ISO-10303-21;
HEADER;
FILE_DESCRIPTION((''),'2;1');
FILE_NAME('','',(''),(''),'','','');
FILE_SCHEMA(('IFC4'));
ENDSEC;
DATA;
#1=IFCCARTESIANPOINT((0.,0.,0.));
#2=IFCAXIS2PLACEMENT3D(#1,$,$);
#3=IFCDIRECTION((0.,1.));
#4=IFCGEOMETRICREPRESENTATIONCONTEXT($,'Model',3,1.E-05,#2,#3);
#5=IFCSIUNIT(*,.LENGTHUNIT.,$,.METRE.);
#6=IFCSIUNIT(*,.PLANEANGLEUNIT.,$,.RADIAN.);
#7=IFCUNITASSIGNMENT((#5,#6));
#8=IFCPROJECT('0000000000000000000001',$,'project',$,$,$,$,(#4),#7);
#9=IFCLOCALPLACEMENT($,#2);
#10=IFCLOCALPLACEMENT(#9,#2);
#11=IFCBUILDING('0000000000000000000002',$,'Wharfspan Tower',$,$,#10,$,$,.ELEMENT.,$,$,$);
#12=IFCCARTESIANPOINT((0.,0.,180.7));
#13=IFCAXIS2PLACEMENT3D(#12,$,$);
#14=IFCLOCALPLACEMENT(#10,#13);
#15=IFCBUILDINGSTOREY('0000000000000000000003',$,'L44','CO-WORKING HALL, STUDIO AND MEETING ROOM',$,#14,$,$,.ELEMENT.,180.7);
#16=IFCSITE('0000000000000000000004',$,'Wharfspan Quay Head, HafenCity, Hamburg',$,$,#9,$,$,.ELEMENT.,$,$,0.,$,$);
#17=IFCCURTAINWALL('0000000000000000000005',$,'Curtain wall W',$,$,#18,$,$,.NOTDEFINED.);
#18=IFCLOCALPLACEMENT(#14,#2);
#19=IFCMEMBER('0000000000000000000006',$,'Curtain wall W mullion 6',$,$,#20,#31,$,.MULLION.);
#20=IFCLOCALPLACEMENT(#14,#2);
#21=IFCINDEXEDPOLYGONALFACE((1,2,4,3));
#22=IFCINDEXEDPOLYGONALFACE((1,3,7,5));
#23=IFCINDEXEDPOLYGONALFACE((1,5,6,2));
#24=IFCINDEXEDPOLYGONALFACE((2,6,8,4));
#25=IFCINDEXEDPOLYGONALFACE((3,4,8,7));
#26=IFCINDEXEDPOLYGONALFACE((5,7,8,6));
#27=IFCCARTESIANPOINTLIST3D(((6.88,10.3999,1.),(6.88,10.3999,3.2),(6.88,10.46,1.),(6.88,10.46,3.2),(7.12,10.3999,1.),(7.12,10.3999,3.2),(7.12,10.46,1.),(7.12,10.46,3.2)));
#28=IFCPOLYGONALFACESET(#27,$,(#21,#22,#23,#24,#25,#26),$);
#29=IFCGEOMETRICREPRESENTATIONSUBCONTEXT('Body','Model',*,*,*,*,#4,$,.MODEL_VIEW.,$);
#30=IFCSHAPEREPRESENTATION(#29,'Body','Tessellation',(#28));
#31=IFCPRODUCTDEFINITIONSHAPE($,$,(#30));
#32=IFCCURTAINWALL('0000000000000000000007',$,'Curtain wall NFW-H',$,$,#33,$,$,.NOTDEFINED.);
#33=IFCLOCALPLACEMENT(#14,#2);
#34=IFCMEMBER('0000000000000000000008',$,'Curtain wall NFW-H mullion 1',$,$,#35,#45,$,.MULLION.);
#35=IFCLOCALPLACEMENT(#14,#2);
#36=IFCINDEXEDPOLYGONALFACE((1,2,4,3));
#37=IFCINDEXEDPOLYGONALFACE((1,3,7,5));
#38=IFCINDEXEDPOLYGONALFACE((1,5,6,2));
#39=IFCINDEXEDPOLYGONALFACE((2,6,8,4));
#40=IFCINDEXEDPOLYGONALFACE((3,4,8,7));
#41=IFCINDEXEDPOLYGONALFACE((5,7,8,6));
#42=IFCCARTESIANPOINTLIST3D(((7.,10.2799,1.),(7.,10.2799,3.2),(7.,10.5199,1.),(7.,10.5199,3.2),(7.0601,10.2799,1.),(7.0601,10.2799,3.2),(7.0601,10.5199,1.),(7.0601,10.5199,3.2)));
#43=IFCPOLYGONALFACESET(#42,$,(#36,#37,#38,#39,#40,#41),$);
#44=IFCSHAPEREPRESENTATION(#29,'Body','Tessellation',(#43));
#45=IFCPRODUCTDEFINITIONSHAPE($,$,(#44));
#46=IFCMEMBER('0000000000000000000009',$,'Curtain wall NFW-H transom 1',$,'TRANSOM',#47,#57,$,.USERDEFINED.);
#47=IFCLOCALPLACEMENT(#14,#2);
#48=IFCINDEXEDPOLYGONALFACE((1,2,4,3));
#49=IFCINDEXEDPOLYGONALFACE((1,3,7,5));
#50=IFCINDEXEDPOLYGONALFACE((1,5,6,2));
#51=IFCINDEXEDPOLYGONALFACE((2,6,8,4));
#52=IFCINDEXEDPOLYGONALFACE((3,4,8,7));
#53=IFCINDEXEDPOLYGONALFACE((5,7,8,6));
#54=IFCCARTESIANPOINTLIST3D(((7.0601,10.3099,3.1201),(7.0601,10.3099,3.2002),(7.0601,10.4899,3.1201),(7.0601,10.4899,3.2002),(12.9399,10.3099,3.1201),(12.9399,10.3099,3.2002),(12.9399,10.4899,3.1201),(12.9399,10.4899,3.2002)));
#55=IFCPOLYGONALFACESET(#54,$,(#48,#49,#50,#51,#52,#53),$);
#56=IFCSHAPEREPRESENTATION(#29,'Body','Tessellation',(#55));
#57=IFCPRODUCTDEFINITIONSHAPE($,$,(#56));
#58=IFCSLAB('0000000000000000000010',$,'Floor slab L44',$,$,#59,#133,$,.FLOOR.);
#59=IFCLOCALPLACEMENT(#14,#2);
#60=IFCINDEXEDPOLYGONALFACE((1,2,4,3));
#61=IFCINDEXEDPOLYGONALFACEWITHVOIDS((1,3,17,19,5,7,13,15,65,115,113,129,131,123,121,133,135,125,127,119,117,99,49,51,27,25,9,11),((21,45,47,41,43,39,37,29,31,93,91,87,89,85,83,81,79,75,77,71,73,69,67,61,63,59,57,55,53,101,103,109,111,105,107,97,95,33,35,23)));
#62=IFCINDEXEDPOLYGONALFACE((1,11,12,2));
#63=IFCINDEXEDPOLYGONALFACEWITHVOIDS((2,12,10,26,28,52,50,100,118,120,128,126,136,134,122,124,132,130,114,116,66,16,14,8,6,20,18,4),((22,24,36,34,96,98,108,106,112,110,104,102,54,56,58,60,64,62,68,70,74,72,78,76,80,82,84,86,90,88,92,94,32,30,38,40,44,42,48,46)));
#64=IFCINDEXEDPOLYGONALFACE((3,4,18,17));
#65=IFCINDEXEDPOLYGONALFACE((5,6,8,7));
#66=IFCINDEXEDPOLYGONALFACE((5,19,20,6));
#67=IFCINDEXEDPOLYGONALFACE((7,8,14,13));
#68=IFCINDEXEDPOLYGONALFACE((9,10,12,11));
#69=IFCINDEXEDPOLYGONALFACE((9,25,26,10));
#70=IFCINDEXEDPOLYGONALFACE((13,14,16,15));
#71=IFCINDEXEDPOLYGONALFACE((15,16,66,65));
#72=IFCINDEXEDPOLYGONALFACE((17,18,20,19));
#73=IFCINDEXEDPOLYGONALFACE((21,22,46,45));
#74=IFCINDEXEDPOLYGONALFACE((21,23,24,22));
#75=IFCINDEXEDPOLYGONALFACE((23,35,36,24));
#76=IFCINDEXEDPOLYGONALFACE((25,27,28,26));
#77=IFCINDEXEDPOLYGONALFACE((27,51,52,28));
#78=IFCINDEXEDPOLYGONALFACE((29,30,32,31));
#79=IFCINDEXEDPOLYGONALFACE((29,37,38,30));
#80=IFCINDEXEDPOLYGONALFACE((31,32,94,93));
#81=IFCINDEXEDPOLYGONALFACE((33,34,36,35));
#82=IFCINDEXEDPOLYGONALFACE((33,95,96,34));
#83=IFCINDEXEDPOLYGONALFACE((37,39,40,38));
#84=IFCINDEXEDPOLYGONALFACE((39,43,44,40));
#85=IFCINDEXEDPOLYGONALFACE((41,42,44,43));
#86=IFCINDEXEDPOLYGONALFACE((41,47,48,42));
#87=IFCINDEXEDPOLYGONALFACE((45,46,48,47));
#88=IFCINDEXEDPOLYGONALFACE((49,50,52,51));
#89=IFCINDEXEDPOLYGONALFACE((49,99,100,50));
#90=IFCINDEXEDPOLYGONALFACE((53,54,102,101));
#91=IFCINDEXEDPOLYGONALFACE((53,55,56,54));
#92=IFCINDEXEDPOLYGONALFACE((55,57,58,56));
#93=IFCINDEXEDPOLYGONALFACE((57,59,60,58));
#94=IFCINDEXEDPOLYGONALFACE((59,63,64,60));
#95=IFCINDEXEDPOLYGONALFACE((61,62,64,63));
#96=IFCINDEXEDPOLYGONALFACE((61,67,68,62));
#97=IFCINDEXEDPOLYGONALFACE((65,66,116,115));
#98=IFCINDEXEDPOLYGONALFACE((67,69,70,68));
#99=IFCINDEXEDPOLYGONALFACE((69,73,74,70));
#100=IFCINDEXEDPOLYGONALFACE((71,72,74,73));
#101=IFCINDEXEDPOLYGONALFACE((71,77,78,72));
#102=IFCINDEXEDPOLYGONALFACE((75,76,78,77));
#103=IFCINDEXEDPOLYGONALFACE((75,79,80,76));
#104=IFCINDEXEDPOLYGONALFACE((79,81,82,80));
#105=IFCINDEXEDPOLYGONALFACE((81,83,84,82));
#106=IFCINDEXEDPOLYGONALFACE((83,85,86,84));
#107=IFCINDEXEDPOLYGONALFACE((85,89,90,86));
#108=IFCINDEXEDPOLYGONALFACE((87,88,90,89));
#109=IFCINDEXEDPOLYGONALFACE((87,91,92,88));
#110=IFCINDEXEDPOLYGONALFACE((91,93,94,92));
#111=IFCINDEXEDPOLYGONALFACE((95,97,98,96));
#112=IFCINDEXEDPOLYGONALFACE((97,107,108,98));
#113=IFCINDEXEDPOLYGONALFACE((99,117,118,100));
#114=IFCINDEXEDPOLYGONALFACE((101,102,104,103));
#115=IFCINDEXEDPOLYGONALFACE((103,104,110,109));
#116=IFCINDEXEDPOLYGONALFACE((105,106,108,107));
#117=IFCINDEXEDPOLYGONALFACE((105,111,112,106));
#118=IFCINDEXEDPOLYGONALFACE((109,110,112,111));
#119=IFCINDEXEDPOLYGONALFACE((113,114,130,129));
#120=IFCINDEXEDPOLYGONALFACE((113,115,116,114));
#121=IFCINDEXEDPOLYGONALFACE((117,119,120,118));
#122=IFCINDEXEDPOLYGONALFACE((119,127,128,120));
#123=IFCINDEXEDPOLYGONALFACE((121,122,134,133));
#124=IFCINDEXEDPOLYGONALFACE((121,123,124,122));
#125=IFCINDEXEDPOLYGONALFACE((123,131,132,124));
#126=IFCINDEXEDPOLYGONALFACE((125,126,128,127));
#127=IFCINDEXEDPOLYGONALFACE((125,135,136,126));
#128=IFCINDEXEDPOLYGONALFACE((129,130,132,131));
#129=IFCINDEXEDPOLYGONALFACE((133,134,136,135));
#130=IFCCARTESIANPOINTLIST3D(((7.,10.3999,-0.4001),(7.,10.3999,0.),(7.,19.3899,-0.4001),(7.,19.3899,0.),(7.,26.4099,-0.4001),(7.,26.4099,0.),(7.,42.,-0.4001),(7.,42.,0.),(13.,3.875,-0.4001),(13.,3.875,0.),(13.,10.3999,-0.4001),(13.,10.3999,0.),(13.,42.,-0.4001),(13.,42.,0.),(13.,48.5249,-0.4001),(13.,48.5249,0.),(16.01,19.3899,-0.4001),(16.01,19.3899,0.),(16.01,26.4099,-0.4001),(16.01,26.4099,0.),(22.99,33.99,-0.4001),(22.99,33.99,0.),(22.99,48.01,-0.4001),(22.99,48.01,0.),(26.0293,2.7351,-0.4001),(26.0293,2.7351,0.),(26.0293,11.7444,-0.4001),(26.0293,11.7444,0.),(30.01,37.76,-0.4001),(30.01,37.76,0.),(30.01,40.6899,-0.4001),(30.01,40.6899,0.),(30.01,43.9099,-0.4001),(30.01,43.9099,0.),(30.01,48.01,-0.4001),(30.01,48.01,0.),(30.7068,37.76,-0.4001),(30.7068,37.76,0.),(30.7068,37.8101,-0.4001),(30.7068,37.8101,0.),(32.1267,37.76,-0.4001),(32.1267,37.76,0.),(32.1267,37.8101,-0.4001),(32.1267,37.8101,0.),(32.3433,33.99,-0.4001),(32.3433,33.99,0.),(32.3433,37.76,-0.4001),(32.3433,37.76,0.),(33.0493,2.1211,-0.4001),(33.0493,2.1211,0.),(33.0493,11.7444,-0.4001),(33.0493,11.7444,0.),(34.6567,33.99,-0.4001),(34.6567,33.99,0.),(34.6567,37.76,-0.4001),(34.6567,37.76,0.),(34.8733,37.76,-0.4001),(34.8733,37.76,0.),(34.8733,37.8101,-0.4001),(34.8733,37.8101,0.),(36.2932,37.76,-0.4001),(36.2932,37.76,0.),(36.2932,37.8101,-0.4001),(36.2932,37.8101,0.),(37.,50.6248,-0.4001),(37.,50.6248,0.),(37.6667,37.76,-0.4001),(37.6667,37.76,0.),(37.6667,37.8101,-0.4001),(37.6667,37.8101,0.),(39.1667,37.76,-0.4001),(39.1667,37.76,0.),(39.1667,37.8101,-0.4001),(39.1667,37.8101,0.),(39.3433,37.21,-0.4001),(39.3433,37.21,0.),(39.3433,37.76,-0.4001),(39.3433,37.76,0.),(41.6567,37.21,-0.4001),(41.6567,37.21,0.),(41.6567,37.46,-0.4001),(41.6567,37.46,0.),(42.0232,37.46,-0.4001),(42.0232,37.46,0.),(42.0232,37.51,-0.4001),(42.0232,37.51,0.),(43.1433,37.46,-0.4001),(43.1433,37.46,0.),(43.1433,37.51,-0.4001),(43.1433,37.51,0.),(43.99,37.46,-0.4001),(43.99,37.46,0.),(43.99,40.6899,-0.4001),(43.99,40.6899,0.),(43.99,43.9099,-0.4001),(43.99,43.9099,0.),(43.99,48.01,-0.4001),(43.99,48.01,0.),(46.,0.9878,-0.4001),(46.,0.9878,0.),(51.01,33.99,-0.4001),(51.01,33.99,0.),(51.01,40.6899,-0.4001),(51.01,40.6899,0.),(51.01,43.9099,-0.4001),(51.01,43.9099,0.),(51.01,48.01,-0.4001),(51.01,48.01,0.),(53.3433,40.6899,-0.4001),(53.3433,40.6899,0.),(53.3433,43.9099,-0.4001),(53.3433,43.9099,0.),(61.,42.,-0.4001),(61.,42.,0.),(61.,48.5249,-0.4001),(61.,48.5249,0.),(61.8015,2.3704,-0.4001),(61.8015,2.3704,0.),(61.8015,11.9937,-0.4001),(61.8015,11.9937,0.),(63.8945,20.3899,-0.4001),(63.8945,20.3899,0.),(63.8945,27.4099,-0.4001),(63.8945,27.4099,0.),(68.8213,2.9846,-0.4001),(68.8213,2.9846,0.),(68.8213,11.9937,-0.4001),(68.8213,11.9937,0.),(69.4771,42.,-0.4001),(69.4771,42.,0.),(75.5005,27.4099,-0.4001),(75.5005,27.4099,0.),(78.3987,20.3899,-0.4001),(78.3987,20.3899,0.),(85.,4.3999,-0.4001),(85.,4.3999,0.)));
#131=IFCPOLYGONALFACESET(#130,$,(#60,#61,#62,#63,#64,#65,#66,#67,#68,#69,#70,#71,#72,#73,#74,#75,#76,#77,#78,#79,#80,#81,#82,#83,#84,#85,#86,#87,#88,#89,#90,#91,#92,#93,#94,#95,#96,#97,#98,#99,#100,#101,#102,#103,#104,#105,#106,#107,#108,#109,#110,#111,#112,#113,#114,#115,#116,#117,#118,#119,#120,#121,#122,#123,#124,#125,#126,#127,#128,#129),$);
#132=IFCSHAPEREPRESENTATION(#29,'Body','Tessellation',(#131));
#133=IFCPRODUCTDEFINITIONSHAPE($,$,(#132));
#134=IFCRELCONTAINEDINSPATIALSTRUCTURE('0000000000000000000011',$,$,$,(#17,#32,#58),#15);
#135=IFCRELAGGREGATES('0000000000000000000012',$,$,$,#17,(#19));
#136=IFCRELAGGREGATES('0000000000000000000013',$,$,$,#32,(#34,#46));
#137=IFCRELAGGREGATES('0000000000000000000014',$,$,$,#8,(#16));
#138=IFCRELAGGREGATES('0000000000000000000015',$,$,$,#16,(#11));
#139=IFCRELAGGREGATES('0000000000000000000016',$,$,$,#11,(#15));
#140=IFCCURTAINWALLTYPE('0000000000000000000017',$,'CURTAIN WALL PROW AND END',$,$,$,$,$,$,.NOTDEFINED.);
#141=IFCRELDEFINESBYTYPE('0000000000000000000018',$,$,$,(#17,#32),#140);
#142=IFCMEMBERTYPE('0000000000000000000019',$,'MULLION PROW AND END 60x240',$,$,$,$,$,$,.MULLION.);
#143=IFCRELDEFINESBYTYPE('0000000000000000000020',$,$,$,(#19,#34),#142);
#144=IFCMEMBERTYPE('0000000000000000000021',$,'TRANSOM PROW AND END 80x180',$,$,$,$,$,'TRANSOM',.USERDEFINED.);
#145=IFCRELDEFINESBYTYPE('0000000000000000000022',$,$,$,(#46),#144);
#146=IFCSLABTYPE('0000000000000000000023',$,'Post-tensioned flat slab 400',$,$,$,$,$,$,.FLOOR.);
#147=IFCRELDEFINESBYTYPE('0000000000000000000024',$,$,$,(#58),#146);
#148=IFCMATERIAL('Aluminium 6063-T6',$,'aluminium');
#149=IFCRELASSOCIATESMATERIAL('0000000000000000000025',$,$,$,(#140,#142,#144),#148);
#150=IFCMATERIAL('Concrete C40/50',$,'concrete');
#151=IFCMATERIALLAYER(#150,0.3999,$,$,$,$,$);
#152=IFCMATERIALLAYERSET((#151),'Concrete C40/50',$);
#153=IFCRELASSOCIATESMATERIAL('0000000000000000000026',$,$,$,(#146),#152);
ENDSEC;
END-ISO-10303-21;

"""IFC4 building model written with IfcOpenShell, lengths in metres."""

from ifc_helpers import new_model, si_unit, direction, frame, origin, origin_2d, place, context, subcontext, project, spatial, polyline, rectangle, outline, extrude, material, layer, layer_set, material_profile, profile_set, type_object, element, aggregate, save


model = new_model("IFC4")

# Units and contexts
model_context = context("Model", 3, precision=1e-05, world=origin(), true_north=direction((0.0, 1.0)))
body_context = subcontext(model_context, "Body", "Model", "MODEL_VIEW")
ifc_project = project(units=[si_unit("LENGTHUNIT", "METRE"), si_unit("PLANEANGLEUNIT", "RADIAN")], contexts=[model_context])

# Site, building, storey
site_placement = place(None, origin())
site = spatial("IfcSite", under=ifc_project, at=site_placement, Name="Wharfspan Quay Head, HafenCity, Hamburg", CompositionType="ELEMENT", RefElevation=0.0)
building_placement = place(site_placement, origin())
building = spatial("IfcBuilding", under=site, at=building_placement, Name="Wharfspan Tower", CompositionType="ELEMENT")
storey_placement = place(building_placement, frame((0.0, 0.0, 180.7)))
storey = spatial("IfcBuildingStorey", under=building, at=storey_placement, Name="L44", Description="CO-WORKING HALL, STUDIO AND MEETING ROOM", CompositionType="ELEMENT", Elevation=180.7)

# Curtain wall, member
ifc_material_1 = material(Name="Aluminium 6063-T6", Category="aluminium")
curtain_wall_type = type_object("IfcCurtainWallType", Name="CURTAIN WALL PROW AND END", PredefinedType="NOTDEFINED", material=ifc_material_1)
curtain_wall_1_placement = place(storey_placement, origin())
curtain_wall_1 = element("IfcCurtainWall", 1, at=curtain_wall_1_placement, inside=storey, type_object=curtain_wall_type, Name="Curtain wall W", PredefinedType="NOTDEFINED")
ifc_material_profile_1 = material_profile(ifc_material_1, rectangle(XDim=0.24, YDim=0.0601, at=origin_2d()))
ifc_profile_set_1 = profile_set([ifc_material_profile_1], Name="Aluminium 6063-T6")
member_type_1 = type_object("IfcMemberType", Name="MULLION PROW AND END 60x240", PredefinedType="MULLION", material=ifc_profile_set_1)
member_1_placement = place(storey_placement, frame((7.0, 10.4299, 1.0), z_axis=(0.0, 0.0, 1.0), x_axis=(1.0, 0.0, 0.0)))
member_1 = element("IfcMember", 2, at=member_1_placement, type_object=member_type_1, Name="Curtain wall W mullion 6", PredefinedType="MULLION", context=body_context, shape_type="SweptSolid", body=[
    extrude(rectangle(XDim=0.24, YDim=0.0601, at=origin_2d()), origin(), (0.0, 0.0, 1.0), 2.2),
])
aggregate(curtain_wall_1, [member_1])

# Curtain wall, members
curtain_wall_2_placement = place(storey_placement, origin())
curtain_wall_2 = element("IfcCurtainWall", 3, at=curtain_wall_2_placement, inside=storey, type_object=curtain_wall_type, Name="Curtain wall NFW-H", PredefinedType="NOTDEFINED")
member_2_placement = place(storey_placement, frame((7.03, 10.3999, 1.0), z_axis=(0.0, 0.0, 1.0), x_axis=(0.0, 1.0, 0.0)))
member_2 = element("IfcMember", 4, at=member_2_placement, type_object=member_type_1, Name="Curtain wall NFW-H mullion 1", PredefinedType="MULLION", context=body_context, shape_type="SweptSolid", body=[
    extrude(rectangle(XDim=0.24, YDim=0.0601, at=origin_2d()), origin(), (0.0, 0.0, 1.0), 2.2),
])
ifc_material_profile_2 = material_profile(ifc_material_1, rectangle(XDim=0.1799, YDim=0.0801, at=origin_2d()))
ifc_profile_set_2 = profile_set([ifc_material_profile_2], Name="Aluminium 6063-T6")
member_type_2 = type_object("IfcMemberType", Name="TRANSOM PROW AND END 80x180", ElementType="TRANSOM", PredefinedType="USERDEFINED", material=ifc_profile_set_2)
member_3_placement = place(storey_placement, frame((7.0601, 10.3999, 3.1602), z_axis=(1.0, 0.0, 0.0), x_axis=(0.0, 1.0, 0.0)))
member_3 = element("IfcMember", 5, at=member_3_placement, type_object=member_type_2, Name="Curtain wall NFW-H transom 1", ObjectType="TRANSOM", PredefinedType="USERDEFINED", context=body_context, shape_type="SweptSolid", body=[
    extrude(rectangle(XDim=0.1799, YDim=0.0801, at=origin_2d()), origin(), (0.0, 0.0, 1.0), 5.8799),
])
aggregate(curtain_wall_2, [member_2, member_3])

# Slab
ifc_material_2 = material(Name="Concrete C40/50", Category="concrete")
ifc_layer_1 = layer(ifc_material_2, 0.3999)
ifc_layer_set_1 = layer_set([ifc_layer_1], Name="Concrete C40/50")
slab_type_1 = type_object("IfcSlabType", Name="Post-tensioned flat slab 400", PredefinedType="FLOOR", material=ifc_layer_set_1)
slab_1_placement = place(storey_placement, frame((0.0, 0.0, -0.4001)))
element("IfcSlab", 6, at=slab_1_placement, inside=storey, type_object=slab_type_1, Name="Floor slab L44", PredefinedType="FLOOR", context=body_context, shape_type="SweptSolid", body=[
    extrude(outline(polyline([(26.0293, 2.7351), (26.0293, 11.7444), (33.0493, 11.7444), (33.0493, 2.1211), (46.0, 0.9878), (61.8015, 2.3704), (61.8015, 11.9937), (68.8213, 11.9937), (68.8213, 2.9846), (85.0, 4.3999), (78.3987, 20.3899), (63.8945, 20.3899), (63.8945, 27.4099), (75.5005, 27.4099), (69.4771, 42.0), (61.0, 42.0), (61.0, 48.5249), (37.0, 50.6248), (13.0, 48.5249), (13.0, 42.0), (7.0, 42.0), (7.0, 26.4099), (16.01, 26.4099), (16.01, 19.3899), (7.0, 19.3899), (7.0, 10.3999), (13.0, 10.3999), (13.0, 3.875), (26.0293, 2.7351)]), holes=[polyline([(32.1267, 37.76), (32.3433, 37.76), (32.3433, 33.99), (22.99, 33.99), (22.99, 48.01), (30.01, 48.01), (30.01, 43.9099), (43.99, 43.9099), (43.99, 48.01), (51.01, 48.01), (51.01, 43.9099), (53.3433, 43.9099), (53.3433, 40.6899), (51.01, 40.6899), (51.01, 33.99), (34.6567, 33.99), (34.6567, 37.76), (34.8733, 37.76), (34.8733, 37.8101), (36.2932, 37.8101), (36.2932, 37.76), (37.6667, 37.76), (37.6667, 37.8101), (39.1667, 37.8101), (39.1667, 37.76), (39.3433, 37.76), (39.3433, 37.21), (41.6567, 37.21), (41.6567, 37.46), (42.0232, 37.46), (42.0232, 37.51), (43.1433, 37.51), (43.1433, 37.46), (43.99, 37.46), (43.99, 40.6899), (30.01, 40.6899), (30.01, 37.76), (30.7068, 37.76), (30.7068, 37.8101), (32.1267, 37.8101), (32.1267, 37.76)])]), origin(), (0.0, 0.0, 1.0), 0.4001),
])

save(model, "model.ifc")
